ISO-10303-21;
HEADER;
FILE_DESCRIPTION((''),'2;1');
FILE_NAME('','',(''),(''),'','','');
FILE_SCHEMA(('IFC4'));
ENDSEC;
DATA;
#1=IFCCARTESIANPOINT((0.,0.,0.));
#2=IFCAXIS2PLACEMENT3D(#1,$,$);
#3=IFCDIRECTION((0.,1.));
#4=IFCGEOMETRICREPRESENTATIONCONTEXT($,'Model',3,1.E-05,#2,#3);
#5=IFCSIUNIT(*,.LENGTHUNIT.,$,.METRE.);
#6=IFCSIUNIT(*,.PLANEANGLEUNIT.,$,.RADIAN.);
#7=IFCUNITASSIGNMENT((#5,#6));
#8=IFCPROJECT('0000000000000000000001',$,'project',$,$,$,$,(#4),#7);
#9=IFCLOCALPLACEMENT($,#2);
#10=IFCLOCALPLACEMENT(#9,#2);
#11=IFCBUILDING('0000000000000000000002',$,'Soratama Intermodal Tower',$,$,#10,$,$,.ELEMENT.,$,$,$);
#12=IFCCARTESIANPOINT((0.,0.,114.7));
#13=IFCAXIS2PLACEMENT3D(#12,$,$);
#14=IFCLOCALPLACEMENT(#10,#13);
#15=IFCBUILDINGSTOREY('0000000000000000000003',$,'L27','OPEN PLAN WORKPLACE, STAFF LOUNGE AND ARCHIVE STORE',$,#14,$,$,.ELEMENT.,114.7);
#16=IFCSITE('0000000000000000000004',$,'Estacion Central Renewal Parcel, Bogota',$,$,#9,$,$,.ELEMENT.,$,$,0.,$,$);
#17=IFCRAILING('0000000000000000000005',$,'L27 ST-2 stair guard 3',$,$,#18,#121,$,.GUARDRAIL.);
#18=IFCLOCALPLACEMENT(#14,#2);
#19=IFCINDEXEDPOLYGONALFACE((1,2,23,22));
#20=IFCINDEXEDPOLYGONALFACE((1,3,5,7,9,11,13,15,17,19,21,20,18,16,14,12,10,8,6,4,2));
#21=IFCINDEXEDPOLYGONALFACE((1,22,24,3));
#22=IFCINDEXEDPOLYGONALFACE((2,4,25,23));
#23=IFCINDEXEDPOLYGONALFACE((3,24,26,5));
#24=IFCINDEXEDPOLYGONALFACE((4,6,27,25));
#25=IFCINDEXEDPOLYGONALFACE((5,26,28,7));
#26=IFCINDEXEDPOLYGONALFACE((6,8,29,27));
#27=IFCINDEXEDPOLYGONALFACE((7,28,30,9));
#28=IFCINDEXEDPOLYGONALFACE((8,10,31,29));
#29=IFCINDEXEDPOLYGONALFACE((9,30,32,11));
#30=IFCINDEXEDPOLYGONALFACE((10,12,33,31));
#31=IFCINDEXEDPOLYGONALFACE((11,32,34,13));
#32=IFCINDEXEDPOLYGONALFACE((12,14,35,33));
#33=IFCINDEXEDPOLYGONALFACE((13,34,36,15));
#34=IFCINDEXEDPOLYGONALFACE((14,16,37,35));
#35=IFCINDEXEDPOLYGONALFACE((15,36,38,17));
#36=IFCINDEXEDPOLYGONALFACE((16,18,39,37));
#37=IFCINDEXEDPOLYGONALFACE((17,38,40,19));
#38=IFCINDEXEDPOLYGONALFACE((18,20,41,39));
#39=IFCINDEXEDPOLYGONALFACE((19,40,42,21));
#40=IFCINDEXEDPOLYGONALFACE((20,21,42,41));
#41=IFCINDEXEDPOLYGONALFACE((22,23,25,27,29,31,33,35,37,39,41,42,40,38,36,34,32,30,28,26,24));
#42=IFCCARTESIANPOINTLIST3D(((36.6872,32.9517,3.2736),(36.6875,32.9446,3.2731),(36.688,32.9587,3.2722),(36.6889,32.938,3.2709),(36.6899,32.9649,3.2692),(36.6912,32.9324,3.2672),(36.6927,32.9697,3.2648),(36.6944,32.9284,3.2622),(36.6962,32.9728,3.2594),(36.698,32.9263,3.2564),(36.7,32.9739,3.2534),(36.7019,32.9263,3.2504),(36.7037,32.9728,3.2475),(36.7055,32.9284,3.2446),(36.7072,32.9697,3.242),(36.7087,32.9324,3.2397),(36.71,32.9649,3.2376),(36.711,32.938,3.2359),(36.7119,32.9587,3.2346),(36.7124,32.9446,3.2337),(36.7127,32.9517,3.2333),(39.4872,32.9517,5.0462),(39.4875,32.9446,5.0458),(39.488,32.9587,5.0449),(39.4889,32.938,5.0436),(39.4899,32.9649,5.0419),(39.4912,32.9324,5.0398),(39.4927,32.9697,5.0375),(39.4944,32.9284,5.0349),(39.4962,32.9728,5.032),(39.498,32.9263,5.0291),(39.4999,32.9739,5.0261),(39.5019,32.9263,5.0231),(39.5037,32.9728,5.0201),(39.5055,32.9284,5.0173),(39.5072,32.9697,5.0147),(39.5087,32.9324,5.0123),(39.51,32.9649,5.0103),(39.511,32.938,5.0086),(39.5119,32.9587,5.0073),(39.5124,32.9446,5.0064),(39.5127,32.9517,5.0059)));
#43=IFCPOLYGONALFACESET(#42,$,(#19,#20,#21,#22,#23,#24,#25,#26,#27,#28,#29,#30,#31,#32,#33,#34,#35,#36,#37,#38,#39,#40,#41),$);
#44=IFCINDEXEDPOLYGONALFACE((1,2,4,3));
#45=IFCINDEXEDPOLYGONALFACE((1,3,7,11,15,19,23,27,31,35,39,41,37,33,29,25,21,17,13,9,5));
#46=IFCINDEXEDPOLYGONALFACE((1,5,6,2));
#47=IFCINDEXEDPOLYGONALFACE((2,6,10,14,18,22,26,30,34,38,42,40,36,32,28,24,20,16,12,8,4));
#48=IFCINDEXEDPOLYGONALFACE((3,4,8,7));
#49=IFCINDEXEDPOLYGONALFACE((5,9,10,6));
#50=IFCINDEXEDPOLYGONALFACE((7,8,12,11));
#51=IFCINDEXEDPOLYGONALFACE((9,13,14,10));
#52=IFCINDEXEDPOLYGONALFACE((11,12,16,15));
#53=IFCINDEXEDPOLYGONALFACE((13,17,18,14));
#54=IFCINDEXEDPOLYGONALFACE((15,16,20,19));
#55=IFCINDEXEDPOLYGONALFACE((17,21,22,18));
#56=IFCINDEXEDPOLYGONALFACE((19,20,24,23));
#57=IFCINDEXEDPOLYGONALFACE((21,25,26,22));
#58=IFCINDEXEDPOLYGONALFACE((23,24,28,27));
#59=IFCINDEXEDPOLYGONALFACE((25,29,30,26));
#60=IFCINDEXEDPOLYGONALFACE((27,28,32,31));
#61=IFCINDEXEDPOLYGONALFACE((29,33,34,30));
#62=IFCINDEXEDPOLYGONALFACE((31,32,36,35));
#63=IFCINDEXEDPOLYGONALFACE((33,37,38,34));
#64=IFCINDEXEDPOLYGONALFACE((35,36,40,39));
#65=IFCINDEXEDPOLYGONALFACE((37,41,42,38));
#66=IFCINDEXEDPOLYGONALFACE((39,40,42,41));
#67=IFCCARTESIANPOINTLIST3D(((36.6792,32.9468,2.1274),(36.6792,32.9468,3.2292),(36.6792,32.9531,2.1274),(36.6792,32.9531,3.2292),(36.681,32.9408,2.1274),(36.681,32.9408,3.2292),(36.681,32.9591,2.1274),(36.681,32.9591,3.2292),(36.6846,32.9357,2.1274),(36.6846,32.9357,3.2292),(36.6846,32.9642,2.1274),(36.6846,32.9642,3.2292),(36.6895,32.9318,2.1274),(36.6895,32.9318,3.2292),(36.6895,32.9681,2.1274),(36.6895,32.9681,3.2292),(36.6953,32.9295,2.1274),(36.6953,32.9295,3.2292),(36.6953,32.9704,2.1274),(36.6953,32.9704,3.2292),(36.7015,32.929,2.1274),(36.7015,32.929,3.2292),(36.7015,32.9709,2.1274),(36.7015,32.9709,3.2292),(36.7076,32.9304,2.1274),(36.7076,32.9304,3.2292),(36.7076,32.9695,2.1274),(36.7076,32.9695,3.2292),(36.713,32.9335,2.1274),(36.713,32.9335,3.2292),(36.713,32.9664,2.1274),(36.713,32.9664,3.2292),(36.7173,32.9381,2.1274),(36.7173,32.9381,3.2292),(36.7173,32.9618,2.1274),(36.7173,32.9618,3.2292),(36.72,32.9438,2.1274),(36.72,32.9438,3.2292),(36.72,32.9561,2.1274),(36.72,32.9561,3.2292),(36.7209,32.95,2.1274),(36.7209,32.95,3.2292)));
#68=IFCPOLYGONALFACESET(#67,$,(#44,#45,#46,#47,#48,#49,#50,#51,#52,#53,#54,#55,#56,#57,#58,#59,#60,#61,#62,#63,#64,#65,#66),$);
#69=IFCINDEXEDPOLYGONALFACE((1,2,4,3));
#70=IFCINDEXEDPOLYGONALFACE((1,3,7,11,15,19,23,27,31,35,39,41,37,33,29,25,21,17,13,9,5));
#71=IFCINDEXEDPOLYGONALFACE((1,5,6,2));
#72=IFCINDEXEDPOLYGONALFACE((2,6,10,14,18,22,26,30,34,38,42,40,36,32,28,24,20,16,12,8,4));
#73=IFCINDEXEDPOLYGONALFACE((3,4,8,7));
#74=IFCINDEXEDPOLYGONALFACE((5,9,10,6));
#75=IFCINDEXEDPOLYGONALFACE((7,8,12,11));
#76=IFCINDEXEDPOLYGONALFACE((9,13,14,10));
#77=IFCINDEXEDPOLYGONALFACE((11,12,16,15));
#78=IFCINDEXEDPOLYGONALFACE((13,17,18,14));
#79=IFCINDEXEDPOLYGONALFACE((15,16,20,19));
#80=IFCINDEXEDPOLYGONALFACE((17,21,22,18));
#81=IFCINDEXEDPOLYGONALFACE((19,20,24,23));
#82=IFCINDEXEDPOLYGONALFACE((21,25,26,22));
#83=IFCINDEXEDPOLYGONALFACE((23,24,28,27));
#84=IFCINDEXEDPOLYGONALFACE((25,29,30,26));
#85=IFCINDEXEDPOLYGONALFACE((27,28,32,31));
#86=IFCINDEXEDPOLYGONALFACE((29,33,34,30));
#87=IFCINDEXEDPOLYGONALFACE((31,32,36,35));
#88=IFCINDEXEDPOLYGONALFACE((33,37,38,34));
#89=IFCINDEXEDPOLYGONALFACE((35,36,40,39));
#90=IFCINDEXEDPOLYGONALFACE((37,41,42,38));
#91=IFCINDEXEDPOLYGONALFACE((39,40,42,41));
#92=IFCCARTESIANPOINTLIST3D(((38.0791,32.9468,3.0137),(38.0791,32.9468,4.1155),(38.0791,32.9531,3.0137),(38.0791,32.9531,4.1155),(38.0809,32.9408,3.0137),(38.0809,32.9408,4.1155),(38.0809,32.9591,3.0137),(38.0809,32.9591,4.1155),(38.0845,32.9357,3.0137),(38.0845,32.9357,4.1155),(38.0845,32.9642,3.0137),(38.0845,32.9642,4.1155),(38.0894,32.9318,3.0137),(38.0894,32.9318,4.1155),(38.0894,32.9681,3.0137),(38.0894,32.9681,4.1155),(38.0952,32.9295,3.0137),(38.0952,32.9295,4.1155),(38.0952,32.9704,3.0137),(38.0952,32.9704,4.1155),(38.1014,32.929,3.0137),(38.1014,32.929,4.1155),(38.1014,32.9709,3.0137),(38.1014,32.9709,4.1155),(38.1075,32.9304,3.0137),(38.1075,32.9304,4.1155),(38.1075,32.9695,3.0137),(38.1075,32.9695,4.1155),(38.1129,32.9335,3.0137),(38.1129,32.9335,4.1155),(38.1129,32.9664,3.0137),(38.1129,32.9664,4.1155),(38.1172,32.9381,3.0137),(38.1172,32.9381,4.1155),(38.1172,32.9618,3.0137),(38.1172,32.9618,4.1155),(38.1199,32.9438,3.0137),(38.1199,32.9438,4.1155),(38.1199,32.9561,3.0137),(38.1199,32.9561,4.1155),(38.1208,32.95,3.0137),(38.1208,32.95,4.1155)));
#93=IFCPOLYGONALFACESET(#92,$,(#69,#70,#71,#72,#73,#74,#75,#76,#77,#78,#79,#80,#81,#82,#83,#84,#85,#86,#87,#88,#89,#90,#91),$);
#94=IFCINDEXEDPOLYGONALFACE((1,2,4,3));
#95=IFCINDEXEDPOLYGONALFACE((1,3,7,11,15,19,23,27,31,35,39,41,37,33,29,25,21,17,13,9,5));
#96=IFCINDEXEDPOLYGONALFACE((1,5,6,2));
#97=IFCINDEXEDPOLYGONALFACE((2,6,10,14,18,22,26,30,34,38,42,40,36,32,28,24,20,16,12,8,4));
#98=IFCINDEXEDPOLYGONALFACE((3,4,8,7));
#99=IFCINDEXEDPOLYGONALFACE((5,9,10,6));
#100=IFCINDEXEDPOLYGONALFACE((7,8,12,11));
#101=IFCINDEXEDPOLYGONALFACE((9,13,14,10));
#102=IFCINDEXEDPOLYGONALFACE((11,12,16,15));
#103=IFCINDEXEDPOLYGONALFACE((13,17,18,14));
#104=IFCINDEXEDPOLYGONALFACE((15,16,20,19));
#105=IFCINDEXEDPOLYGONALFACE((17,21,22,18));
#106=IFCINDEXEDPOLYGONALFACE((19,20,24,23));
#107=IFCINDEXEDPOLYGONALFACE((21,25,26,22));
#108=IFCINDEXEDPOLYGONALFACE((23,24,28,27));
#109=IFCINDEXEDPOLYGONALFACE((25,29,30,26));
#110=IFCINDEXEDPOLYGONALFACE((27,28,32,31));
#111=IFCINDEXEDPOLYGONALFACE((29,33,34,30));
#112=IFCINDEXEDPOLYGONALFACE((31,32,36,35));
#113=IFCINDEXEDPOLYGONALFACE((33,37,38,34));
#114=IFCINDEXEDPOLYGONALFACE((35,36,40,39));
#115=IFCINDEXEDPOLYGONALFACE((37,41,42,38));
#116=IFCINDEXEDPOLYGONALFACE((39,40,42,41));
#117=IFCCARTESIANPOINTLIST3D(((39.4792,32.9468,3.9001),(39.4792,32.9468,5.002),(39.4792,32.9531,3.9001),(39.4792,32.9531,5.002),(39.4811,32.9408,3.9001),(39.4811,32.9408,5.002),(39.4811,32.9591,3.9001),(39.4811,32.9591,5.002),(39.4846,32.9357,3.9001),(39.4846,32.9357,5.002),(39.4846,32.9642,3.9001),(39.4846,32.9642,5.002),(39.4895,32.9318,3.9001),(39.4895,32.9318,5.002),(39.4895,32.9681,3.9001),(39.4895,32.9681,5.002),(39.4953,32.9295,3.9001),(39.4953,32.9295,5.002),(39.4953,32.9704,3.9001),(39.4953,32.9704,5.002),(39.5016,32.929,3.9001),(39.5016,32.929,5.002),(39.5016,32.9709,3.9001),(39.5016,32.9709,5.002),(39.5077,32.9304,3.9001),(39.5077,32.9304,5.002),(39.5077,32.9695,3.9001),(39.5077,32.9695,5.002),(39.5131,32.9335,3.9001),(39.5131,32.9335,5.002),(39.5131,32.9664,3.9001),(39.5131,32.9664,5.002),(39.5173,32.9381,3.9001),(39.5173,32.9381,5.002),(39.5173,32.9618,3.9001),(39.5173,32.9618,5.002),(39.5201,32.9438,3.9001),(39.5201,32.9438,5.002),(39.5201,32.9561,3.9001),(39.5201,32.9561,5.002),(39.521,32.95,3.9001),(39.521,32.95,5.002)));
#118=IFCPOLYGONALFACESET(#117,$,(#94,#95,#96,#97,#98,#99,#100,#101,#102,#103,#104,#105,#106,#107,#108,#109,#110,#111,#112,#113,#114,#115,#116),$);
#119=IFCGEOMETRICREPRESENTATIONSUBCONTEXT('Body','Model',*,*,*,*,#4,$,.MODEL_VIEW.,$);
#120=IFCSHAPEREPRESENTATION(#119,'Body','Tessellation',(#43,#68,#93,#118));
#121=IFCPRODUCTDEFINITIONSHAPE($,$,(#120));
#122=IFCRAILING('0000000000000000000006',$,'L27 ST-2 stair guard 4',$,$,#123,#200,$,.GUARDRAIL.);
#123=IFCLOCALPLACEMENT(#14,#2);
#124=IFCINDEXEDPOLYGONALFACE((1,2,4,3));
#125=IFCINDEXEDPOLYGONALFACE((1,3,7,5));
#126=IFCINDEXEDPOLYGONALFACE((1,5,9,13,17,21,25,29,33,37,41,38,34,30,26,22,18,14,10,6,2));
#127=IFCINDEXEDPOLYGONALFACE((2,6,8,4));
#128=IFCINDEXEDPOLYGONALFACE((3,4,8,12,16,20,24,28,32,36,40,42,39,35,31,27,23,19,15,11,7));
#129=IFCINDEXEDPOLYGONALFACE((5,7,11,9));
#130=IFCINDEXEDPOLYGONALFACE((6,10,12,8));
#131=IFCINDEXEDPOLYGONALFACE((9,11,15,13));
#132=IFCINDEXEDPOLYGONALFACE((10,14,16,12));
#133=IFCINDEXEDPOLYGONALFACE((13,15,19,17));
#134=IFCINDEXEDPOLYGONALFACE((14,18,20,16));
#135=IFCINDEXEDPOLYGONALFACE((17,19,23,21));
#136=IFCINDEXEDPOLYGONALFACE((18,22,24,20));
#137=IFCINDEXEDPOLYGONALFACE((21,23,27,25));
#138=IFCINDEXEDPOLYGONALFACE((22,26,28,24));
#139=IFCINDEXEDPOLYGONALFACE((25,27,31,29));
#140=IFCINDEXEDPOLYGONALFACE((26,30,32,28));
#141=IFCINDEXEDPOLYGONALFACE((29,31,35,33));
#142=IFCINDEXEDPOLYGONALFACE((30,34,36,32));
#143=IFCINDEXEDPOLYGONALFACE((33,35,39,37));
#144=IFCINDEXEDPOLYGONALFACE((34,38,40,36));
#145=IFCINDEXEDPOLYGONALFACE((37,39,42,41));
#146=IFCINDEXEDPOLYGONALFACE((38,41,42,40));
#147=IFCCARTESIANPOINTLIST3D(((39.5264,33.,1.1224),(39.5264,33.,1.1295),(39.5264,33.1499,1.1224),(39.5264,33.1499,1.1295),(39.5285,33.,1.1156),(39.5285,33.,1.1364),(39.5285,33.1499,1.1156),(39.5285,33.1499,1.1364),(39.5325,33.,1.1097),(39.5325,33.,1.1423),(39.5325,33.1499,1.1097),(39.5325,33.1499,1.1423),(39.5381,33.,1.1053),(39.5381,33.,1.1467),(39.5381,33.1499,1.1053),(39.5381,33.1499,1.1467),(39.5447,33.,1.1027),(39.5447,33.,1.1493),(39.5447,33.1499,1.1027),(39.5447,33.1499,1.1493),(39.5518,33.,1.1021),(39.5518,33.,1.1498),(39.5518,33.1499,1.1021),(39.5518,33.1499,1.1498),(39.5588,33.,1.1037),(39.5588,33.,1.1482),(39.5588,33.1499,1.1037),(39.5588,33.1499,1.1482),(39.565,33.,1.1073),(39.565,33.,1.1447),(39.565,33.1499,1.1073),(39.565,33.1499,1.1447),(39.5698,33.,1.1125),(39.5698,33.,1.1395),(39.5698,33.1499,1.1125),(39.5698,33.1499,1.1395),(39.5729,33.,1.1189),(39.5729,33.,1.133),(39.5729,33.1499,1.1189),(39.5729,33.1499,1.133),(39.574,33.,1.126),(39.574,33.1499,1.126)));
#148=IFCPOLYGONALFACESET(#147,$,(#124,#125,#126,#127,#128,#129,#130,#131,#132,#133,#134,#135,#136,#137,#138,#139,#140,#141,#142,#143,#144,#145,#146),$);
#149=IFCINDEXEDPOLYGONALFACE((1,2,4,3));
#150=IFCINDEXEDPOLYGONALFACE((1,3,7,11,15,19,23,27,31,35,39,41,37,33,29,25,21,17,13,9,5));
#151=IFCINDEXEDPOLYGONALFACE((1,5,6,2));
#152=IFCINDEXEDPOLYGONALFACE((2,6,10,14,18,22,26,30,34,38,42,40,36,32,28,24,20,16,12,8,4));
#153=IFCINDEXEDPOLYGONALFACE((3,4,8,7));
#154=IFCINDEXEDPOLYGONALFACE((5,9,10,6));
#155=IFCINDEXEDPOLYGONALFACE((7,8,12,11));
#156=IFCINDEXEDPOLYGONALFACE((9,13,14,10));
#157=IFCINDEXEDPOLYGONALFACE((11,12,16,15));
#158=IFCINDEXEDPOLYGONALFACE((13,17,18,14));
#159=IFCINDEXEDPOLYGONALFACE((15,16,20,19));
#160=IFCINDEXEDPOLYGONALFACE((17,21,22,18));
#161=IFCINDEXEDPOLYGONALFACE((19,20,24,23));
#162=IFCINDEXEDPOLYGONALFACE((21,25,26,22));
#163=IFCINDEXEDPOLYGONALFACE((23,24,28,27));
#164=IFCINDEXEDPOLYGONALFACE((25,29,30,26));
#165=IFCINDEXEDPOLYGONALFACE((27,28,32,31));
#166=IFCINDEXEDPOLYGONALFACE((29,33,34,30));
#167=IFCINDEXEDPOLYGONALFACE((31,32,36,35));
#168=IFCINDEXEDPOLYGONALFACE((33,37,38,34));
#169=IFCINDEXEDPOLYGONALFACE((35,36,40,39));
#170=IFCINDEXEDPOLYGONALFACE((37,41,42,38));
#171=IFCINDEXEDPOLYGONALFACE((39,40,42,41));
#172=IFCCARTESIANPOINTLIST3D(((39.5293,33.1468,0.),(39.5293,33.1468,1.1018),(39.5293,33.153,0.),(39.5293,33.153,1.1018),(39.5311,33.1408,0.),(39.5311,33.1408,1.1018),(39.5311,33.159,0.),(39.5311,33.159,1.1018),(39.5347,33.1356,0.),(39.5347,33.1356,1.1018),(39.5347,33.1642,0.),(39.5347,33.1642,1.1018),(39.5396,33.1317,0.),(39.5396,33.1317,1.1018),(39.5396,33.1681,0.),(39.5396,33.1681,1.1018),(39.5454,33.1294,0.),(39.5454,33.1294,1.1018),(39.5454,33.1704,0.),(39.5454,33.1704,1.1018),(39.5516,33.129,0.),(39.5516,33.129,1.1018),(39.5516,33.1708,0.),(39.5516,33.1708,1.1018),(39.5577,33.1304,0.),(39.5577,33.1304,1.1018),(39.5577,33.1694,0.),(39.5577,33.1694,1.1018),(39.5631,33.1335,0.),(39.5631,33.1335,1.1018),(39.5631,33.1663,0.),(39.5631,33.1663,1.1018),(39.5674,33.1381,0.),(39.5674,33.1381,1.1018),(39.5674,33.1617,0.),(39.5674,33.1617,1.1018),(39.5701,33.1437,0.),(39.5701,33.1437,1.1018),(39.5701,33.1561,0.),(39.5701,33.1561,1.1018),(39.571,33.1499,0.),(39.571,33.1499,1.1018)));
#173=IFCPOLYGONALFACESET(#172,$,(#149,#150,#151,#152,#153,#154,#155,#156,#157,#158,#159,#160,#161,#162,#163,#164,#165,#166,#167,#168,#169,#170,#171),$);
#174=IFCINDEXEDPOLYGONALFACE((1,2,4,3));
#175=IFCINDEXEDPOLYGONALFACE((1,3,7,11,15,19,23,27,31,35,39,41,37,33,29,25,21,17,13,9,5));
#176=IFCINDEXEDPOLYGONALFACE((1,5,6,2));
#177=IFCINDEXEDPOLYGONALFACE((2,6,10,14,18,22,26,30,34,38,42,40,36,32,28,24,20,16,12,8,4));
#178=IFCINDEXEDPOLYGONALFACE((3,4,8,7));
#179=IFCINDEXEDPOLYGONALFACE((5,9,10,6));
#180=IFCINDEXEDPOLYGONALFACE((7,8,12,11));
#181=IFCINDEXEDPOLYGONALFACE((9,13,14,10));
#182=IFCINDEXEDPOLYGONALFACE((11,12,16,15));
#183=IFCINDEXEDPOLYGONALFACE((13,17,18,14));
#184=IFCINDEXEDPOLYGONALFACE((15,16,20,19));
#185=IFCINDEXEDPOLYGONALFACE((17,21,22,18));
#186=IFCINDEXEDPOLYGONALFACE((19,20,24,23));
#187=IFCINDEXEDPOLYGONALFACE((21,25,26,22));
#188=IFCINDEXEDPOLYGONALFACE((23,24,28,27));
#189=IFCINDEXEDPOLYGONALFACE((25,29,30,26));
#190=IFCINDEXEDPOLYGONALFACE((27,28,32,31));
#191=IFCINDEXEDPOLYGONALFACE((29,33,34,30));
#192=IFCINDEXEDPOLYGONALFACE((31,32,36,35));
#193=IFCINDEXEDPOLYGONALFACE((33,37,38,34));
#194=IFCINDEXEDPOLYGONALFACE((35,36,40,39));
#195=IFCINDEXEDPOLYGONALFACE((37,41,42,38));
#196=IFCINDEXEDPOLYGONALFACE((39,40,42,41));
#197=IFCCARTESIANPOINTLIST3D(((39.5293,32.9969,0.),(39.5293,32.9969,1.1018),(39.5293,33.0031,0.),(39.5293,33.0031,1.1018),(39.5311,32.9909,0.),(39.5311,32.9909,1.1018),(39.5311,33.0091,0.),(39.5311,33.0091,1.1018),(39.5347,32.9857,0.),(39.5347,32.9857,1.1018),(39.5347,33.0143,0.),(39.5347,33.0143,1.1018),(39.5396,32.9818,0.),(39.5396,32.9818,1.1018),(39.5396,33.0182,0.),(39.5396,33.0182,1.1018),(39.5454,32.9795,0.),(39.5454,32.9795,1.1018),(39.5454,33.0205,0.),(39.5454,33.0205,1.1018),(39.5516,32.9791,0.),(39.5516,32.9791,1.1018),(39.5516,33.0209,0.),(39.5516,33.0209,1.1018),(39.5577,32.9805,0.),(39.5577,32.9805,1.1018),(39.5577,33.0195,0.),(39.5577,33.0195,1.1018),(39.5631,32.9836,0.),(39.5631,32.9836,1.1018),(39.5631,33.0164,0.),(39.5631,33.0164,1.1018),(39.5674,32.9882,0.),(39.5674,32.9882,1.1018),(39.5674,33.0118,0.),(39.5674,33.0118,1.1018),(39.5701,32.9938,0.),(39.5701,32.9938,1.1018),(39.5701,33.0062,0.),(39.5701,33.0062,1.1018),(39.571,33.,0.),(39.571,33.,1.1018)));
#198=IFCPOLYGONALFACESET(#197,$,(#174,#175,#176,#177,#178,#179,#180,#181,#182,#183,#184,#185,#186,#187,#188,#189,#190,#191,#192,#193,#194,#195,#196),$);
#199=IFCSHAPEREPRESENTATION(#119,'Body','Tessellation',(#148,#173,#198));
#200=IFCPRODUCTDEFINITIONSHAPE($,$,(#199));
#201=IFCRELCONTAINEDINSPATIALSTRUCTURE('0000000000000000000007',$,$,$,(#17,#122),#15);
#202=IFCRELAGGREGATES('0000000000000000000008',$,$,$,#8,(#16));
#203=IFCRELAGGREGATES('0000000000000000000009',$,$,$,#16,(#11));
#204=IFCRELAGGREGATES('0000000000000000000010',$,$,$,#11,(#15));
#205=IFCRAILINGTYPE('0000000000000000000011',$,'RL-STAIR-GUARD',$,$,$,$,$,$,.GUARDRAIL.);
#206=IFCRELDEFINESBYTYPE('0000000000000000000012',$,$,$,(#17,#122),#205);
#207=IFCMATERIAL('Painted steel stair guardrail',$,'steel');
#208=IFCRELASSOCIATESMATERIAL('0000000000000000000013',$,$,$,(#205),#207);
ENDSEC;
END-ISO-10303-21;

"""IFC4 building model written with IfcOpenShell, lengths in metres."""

from ifc_helpers import new_model, si_unit, direction, frame, origin, origin_2d, place, context, subcontext, project, spatial, circle, extrude, material, type_object, element, save


model = new_model("IFC4")

# Units and contexts
model_context = context("Model", 3, precision=1e-05, world=origin(), true_north=direction((0.0, 1.0)))
body_context = subcontext(model_context, "Body", "Model", "MODEL_VIEW")
ifc_project = project(units=[si_unit("LENGTHUNIT", "METRE"), si_unit("PLANEANGLEUNIT", "RADIAN")], contexts=[model_context])

# Site, building, storey
site_placement = place(None, origin())
site = spatial("IfcSite", under=ifc_project, at=site_placement, Name="Estacion Central Renewal Parcel, Bogota", CompositionType="ELEMENT", RefElevation=0.0)
building_placement = place(site_placement, origin())
building = spatial("IfcBuilding", under=site, at=building_placement, Name="Soratama Intermodal Tower", CompositionType="ELEMENT")
storey_placement = place(building_placement, frame((0.0, 0.0, 114.7)))
storey = spatial("IfcBuildingStorey", under=building, at=storey_placement, Name="L27", Description="OPEN PLAN WORKPLACE, STAFF LOUNGE AND ARCHIVE STORE", CompositionType="ELEMENT", Elevation=114.7)

# Railings
ifc_material_1 = material(Name="Painted steel stair guardrail", Category="steel")
railing_type_1 = type_object("IfcRailingType", Name="RL-STAIR-GUARD", PredefinedType="GUARDRAIL", material=ifc_material_1)
railing_1_placement = place(storey_placement, frame((36.7, 32.95, 2.1274)))
element("IfcRailing", 1, at=railing_1_placement, inside=storey, type_object=railing_type_1, Name="L27 ST-2 stair guard 3", PredefinedType="GUARDRAIL", context=body_context, shape_type="SweptSolid", body=[
    extrude(circle(Radius=0.0239, at=origin_2d()), frame((0.0, 0.0, 1.126), z_axis=(0.844909, 0.0, 0.53491), x_axis=(0.0, 1.0, 0.0)), (0.0, 0.0, 1.0), 3.314),
    extrude(circle(Radius=0.021, at=origin_2d()), origin(), (0.0, 0.0, 1.0), 1.1018),
    extrude(circle(Radius=0.021, at=origin_2d()), frame((1.3999, 0.0, 0.8862)), (0.0, 0.0, 1.0), 1.1018),
    extrude(circle(Radius=0.021, at=origin_2d()), frame((2.8, 0.0, 1.7727)), (0.0, 0.0, 1.0), 1.1018),
])
railing_2_placement = place(storey_placement, frame((39.55, 33.1499, 0.0)))
element("IfcRailing", 2, at=railing_2_placement, inside=storey, type_object=railing_type_1, Name="L27 ST-2 stair guard 4", PredefinedType="GUARDRAIL", context=body_context, shape_type="SweptSolid", body=[
    extrude(circle(Radius=0.0239, at=origin_2d()), frame((0.0, 0.0, 1.126), z_axis=(0.0, -1.0, 0.0), x_axis=(1.0, 0.0, 0.0)), (0.0, 0.0, 1.0), 0.1499),
    extrude(circle(Radius=0.021, at=origin_2d()), origin(), (0.0, 0.0, 1.0), 1.1018),
    extrude(circle(Radius=0.021, at=origin_2d()), frame((0.0, -0.1499, 0.0)), (0.0, 0.0, 1.0), 1.1018),
])

save(model, "model.ifc")
